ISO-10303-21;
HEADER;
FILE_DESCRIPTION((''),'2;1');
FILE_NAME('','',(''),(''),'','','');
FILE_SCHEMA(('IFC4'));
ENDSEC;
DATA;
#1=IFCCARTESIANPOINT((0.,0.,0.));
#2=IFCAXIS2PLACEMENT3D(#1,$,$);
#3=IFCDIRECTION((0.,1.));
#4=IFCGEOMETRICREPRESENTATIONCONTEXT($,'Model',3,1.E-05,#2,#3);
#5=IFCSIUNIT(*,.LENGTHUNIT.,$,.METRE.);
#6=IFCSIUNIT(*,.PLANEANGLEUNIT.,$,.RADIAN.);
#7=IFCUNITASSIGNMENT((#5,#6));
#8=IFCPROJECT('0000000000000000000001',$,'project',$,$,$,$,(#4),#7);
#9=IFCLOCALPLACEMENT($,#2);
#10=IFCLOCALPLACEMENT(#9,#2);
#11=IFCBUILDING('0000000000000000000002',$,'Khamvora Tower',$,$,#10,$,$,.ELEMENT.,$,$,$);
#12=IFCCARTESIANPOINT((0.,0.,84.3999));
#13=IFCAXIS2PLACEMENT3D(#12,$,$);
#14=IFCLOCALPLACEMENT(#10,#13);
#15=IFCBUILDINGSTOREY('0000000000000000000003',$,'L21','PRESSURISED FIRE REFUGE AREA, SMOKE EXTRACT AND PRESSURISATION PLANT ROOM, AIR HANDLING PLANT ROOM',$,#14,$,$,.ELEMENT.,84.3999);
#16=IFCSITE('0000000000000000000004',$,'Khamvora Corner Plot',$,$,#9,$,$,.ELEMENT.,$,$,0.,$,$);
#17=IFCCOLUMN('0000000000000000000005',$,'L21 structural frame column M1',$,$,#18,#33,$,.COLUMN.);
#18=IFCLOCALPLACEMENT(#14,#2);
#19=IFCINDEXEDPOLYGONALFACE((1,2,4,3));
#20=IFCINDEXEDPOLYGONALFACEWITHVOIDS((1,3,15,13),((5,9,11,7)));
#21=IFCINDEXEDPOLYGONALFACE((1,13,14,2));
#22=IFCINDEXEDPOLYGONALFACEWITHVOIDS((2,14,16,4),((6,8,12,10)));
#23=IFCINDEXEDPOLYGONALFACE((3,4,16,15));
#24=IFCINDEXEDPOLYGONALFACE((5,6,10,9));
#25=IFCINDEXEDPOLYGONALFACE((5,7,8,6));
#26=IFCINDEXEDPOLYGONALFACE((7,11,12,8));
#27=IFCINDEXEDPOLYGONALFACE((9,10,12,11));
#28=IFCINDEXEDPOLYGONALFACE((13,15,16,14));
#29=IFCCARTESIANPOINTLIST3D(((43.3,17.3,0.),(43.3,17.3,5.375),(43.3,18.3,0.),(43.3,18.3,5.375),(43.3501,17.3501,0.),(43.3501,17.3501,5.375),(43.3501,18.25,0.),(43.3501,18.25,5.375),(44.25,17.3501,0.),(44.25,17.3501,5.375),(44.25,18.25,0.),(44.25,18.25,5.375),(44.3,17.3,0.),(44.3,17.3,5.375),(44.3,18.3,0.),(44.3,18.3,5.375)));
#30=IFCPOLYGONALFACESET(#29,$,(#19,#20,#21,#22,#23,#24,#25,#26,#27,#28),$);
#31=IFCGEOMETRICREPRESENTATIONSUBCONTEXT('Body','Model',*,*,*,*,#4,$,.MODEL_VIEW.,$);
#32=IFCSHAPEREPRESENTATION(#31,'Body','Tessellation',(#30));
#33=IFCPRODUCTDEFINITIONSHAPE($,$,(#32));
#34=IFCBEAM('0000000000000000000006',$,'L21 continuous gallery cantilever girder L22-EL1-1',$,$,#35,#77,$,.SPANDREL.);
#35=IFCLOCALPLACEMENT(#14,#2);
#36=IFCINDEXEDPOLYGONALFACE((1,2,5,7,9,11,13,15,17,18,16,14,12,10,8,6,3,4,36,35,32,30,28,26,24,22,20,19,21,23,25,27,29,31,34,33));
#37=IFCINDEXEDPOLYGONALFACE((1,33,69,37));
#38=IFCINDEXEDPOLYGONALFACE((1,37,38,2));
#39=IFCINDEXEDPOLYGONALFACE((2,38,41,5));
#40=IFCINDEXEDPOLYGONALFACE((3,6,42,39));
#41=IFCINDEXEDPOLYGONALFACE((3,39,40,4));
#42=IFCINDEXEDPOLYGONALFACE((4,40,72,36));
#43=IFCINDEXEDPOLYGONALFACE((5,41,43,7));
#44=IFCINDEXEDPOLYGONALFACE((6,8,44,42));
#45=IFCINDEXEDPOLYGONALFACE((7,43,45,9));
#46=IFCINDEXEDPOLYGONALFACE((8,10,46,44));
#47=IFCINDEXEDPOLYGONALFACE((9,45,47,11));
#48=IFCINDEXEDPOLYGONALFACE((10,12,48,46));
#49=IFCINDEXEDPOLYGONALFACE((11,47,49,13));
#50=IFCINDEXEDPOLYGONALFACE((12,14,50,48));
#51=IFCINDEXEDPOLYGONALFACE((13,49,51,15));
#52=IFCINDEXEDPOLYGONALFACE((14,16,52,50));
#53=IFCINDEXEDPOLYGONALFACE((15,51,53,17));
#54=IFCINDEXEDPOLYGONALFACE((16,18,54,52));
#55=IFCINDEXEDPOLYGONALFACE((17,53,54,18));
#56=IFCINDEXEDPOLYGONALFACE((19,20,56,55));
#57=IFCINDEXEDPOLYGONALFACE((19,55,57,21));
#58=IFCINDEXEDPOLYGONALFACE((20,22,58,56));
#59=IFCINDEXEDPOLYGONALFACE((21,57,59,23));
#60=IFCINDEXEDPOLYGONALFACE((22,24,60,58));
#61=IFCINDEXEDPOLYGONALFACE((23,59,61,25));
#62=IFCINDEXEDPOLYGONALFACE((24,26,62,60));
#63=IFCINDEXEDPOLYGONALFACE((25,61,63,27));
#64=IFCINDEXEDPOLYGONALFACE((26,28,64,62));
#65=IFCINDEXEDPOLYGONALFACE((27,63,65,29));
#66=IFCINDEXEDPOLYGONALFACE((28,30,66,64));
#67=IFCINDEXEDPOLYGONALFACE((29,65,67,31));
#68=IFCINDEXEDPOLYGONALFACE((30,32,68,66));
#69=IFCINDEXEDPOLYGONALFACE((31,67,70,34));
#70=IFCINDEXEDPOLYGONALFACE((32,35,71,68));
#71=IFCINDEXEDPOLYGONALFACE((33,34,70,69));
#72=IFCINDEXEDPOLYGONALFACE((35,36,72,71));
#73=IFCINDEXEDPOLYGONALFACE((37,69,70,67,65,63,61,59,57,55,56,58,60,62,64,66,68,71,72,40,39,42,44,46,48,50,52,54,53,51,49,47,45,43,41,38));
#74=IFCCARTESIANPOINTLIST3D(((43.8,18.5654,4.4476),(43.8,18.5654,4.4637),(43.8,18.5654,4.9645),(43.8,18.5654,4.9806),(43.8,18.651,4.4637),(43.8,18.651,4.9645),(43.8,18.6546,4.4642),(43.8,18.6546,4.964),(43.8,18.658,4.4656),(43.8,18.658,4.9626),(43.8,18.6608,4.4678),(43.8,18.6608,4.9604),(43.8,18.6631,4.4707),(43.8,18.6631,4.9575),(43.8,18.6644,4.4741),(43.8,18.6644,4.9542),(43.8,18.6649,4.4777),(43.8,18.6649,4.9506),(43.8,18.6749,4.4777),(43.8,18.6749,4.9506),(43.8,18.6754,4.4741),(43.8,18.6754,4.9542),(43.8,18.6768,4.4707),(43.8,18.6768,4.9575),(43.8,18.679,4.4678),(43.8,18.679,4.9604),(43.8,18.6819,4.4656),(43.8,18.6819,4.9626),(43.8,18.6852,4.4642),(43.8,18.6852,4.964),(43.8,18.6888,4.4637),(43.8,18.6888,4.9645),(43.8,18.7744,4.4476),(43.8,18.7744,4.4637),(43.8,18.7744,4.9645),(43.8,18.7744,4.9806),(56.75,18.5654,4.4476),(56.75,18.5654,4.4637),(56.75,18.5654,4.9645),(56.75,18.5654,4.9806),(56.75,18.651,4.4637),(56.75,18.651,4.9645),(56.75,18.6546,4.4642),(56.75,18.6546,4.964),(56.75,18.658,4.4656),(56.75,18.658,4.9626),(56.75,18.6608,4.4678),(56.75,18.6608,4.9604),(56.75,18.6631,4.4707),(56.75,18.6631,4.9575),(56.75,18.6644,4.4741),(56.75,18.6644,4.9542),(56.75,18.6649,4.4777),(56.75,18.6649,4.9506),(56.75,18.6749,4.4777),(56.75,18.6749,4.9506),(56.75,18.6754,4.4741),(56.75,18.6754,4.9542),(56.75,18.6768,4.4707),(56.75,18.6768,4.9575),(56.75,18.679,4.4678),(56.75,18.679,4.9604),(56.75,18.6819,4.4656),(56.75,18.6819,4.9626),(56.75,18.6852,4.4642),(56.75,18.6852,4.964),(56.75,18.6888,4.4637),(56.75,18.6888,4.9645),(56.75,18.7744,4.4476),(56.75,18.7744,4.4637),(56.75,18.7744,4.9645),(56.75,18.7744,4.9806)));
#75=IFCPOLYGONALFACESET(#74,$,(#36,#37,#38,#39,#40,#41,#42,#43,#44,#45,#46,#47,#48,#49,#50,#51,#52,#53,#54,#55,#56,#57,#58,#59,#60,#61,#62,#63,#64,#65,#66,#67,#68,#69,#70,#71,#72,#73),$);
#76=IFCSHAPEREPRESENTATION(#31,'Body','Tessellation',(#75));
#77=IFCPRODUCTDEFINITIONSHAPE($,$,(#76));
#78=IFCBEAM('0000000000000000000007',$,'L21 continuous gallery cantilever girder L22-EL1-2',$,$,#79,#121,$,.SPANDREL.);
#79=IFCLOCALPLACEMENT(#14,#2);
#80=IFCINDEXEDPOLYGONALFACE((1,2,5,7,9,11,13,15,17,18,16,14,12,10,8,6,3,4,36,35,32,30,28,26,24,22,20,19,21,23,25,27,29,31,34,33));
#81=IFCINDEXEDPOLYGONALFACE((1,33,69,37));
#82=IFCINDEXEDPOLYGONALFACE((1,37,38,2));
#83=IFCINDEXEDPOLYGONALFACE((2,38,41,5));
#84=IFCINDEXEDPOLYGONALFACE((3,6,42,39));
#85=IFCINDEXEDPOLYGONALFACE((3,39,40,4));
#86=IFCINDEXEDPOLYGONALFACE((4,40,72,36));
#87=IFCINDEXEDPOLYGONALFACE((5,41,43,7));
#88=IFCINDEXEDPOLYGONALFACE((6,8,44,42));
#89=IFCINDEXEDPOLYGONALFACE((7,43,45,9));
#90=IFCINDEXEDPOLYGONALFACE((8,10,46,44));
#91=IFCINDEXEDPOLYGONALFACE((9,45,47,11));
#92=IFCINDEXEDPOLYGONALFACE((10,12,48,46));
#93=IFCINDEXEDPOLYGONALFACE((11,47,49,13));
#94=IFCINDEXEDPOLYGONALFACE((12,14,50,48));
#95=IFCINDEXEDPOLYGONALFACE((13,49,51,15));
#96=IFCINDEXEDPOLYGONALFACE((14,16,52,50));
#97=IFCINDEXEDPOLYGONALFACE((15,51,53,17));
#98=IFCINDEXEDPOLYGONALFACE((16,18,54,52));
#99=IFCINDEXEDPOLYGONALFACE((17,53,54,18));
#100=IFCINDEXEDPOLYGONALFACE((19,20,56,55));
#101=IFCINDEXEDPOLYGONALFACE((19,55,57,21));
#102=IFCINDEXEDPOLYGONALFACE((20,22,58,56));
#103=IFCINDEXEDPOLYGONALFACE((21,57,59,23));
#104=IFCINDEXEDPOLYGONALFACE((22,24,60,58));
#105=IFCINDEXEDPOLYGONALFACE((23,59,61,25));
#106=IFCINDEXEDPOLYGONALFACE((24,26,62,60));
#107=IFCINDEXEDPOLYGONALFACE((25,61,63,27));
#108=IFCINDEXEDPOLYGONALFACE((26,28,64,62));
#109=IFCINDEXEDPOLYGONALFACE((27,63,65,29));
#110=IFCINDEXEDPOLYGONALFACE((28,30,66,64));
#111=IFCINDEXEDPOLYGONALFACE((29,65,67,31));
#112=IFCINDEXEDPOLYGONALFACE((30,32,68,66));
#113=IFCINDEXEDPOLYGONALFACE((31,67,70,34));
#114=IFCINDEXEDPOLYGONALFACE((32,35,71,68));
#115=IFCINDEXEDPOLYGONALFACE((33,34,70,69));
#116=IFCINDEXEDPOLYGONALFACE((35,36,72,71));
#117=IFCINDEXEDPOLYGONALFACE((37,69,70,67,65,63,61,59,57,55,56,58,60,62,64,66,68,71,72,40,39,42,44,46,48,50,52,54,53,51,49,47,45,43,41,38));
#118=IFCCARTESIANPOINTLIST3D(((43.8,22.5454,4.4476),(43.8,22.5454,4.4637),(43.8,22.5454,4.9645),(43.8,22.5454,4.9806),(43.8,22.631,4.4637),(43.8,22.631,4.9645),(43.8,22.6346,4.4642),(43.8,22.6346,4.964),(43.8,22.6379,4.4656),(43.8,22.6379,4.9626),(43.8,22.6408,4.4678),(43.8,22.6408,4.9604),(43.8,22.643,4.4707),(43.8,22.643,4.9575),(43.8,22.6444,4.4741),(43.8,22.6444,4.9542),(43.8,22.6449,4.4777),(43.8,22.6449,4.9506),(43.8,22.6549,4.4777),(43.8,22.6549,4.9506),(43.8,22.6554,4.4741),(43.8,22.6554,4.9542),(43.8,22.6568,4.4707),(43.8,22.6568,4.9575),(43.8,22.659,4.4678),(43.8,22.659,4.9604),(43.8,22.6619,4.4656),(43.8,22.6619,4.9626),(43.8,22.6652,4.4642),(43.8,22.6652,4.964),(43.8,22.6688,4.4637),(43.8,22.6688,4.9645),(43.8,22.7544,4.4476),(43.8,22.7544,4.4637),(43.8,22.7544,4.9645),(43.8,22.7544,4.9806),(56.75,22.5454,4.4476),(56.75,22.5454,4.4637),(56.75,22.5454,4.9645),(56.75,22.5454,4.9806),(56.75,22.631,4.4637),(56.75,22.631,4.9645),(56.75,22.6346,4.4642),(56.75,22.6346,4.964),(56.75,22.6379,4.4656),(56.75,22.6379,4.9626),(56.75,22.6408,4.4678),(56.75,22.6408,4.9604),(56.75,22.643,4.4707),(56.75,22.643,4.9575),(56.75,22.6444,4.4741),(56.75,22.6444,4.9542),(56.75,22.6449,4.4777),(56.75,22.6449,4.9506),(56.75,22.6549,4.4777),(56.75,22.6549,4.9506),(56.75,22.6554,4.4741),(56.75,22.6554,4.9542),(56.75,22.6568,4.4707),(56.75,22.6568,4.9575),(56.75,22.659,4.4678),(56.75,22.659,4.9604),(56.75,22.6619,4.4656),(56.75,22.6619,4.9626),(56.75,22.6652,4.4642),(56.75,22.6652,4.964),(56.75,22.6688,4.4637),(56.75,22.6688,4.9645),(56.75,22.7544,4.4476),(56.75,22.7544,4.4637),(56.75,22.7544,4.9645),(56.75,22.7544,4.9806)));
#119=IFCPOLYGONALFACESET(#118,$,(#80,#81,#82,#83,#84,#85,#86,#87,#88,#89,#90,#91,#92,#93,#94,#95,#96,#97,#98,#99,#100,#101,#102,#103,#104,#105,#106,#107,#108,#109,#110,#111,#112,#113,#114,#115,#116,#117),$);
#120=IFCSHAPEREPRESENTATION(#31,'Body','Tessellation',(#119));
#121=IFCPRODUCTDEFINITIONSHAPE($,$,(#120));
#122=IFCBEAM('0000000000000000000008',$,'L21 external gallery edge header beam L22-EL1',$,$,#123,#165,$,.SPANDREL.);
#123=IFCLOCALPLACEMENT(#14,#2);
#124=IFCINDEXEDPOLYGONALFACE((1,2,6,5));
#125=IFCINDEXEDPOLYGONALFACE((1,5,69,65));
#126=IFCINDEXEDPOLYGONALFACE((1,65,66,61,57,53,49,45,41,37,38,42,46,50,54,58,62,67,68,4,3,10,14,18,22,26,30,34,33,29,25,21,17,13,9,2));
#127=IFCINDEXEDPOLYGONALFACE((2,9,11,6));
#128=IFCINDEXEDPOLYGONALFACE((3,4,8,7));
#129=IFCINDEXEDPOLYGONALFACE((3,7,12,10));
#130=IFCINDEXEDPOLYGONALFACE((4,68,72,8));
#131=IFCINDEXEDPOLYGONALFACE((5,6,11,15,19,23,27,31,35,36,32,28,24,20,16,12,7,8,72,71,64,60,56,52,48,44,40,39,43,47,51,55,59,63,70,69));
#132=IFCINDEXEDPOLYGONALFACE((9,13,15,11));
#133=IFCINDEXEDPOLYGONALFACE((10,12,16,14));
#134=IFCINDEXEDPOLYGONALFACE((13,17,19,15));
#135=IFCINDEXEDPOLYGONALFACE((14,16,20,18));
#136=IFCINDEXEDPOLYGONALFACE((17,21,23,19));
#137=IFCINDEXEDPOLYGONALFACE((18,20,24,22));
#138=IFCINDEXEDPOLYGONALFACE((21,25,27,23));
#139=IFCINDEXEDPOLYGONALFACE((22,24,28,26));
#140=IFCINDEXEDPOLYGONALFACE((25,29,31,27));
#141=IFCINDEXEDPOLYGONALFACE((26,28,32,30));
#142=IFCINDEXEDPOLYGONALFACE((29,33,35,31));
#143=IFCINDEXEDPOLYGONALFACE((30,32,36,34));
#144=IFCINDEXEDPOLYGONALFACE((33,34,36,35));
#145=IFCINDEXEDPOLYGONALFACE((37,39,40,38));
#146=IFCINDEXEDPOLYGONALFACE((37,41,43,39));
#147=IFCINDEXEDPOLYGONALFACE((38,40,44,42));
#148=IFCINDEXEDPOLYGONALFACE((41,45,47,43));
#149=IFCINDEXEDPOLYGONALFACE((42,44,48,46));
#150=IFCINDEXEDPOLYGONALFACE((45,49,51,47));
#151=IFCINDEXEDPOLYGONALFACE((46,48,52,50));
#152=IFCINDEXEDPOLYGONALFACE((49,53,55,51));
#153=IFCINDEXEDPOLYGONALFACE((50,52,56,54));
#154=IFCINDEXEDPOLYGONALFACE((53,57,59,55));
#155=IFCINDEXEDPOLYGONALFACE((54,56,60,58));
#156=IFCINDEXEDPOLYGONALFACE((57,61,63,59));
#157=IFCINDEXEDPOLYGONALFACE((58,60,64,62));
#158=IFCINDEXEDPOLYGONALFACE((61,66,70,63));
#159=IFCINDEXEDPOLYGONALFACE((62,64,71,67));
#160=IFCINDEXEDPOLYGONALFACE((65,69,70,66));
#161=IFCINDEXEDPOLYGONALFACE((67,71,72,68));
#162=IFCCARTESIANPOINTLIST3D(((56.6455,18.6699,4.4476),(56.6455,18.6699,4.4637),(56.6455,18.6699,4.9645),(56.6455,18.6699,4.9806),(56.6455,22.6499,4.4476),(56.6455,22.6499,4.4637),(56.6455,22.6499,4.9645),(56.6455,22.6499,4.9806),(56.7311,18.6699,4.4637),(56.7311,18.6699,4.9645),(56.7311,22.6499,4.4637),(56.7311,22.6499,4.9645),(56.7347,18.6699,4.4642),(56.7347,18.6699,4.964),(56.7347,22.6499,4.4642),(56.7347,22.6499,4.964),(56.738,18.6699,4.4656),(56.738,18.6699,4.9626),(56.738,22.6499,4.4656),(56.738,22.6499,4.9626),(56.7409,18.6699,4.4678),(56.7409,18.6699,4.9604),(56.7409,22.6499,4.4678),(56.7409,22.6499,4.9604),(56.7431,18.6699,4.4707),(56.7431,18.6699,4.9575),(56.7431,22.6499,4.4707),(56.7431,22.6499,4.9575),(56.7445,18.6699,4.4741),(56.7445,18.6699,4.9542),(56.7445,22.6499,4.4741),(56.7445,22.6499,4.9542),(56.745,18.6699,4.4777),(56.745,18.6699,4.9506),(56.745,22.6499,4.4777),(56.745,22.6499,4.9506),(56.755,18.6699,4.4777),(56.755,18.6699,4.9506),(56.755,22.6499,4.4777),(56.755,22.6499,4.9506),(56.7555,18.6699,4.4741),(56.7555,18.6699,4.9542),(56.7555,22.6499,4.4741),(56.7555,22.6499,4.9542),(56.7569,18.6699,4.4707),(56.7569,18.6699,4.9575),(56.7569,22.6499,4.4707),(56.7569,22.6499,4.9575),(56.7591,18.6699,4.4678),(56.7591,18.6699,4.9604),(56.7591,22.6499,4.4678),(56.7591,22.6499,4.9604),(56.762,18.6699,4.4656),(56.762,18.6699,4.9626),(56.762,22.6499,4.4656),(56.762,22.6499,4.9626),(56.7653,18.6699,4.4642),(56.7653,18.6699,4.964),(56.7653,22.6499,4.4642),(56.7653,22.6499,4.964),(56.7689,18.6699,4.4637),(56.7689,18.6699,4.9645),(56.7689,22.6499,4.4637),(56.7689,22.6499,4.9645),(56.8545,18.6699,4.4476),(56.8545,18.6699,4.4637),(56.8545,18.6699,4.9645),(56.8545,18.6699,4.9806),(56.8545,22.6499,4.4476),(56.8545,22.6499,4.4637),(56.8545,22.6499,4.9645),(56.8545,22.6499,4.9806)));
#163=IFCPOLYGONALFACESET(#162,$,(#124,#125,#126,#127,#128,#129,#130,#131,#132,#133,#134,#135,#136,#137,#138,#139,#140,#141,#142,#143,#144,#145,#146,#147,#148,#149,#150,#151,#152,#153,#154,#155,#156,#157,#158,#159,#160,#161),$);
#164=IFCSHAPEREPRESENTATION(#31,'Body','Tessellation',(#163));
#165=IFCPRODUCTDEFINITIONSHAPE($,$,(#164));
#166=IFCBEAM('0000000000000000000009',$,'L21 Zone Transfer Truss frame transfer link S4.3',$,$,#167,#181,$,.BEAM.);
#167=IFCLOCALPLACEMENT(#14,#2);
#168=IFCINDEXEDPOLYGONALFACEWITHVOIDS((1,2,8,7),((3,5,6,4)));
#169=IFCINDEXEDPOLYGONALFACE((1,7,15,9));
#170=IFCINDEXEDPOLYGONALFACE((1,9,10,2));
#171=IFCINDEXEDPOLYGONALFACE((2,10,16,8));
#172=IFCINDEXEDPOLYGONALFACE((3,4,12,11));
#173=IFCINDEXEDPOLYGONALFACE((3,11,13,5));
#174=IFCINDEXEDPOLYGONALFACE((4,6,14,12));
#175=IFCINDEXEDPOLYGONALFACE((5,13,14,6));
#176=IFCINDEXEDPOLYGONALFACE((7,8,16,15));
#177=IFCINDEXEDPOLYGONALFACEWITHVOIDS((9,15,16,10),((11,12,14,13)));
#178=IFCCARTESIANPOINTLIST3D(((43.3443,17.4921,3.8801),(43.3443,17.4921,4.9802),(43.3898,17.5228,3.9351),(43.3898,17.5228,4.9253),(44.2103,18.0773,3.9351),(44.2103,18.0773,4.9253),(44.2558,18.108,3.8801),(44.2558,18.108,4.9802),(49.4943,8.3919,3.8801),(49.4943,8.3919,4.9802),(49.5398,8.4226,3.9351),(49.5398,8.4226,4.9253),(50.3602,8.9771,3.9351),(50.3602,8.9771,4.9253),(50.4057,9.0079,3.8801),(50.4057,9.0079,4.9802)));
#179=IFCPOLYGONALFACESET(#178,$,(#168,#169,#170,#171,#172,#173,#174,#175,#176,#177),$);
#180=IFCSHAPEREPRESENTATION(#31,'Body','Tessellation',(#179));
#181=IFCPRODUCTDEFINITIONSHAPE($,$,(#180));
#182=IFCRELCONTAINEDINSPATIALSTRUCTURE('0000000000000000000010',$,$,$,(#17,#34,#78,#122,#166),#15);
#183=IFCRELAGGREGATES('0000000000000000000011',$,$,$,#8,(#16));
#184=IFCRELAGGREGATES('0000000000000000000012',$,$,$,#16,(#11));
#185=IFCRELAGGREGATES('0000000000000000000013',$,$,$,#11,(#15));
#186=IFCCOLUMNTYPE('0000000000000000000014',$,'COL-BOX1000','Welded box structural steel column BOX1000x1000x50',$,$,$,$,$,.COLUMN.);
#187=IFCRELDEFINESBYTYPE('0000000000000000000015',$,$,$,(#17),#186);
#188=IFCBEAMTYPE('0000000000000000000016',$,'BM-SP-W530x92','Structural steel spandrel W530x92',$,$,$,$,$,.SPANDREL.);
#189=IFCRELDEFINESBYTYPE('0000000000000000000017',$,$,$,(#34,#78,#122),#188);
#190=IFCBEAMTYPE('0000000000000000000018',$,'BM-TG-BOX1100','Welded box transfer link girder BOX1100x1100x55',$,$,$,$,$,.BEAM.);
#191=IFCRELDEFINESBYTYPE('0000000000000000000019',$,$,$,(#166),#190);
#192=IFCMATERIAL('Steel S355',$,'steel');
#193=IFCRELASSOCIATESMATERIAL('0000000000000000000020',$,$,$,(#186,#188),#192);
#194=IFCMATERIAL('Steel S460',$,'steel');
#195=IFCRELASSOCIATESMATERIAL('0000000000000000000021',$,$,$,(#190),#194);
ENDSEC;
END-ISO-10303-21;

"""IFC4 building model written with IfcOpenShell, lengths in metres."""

from ifc_helpers import new_model, si_unit, direction, frame, origin, origin_2d, place, context, subcontext, project, spatial, hollow_rectangle, i_section, extrude, material, material_profile, profile_set, type_object, element, save


model = new_model("IFC4")

# Units and contexts
model_context = context("Model", 3, precision=1e-05, world=origin(), true_north=direction((0.0, 1.0)))
body_context = subcontext(model_context, "Body", "Model", "MODEL_VIEW")
ifc_project = project(units=[si_unit("LENGTHUNIT", "METRE"), si_unit("PLANEANGLEUNIT", "RADIAN")], contexts=[model_context])

# Site, building, storey
site_placement = place(None, origin())
site = spatial("IfcSite", under=ifc_project, at=site_placement, Name="Khamvora Corner Plot", CompositionType="ELEMENT", RefElevation=0.0)
building_placement = place(site_placement, origin())
building = spatial("IfcBuilding", under=site, at=building_placement, Name="Khamvora Tower", CompositionType="ELEMENT")
storey_placement = place(building_placement, frame((0.0, 0.0, 84.3999)))
storey = spatial("IfcBuildingStorey", under=building, at=storey_placement, Name="L21", Description="PRESSURISED FIRE REFUGE AREA, SMOKE EXTRACT AND PRESSURISATION PLANT ROOM, AIR HANDLING PLANT ROOM", CompositionType="ELEMENT", Elevation=84.3999)

# Column
ifc_material_1 = material(Name="Steel S355", Category="steel")
ifc_material_profile_1 = material_profile(ifc_material_1, hollow_rectangle(XDim=1.0, YDim=1.0, WallThickness=0.05, at=origin_2d()), Name="BOX1000x1000x50")
ifc_profile_set_1 = profile_set([ifc_material_profile_1], Name="Steel S355")
column_type = type_object("IfcColumnType", Name="COL-BOX1000", Description="Welded box structural steel column BOX1000x1000x50", PredefinedType="COLUMN", material=ifc_profile_set_1)
column_placement = place(storey_placement, frame((43.8, 17.8, 0.0), z_axis=(0.0, 0.0, 1.0), x_axis=(1.0, 0.0, 0.0)))
element("IfcColumn", 1, at=column_placement, inside=storey, type_object=column_type, Name="L21 structural frame column M1", PredefinedType="COLUMN", context=body_context, shape_type="SweptSolid", body=[
    extrude(hollow_rectangle(XDim=1.0, YDim=1.0, WallThickness=0.05, at=origin_2d()), origin(), (0.0, 0.0, 1.0), 5.375),
])

# Beams
ifc_material_profile_2 = material_profile(ifc_material_1, i_section(OverallWidth=0.209, OverallDepth=0.533, WebThickness=0.01, FlangeThickness=0.0161, FilletRadius=0.0139, at=origin_2d()), Name="W530x92")
ifc_profile_set_2 = profile_set([ifc_material_profile_2], Name="Steel S355")
beam_type_1 = type_object("IfcBeamType", Name="BM-SP-W530x92", Description="Structural steel spandrel W530x92", PredefinedType="SPANDREL", material=ifc_profile_set_2)
for number, where, z_axis, x_axis, name in (
    (2, (43.8, 18.6699, 4.7141), (1.0, 0.0, 0.0), (0.0, 1.0, 0.0), "L21 continuous gallery cantilever girder L22-EL1-1"),
    (3, (43.8, 22.6499, 4.7141), (1.0, 0.0, 0.0), (0.0, 1.0, 0.0), "L21 continuous gallery cantilever girder L22-EL1-2"),
):
    element("IfcBeam", number, at=place(storey_placement, frame(where, z_axis=z_axis, x_axis=x_axis)), inside=storey, type_object=beam_type_1, Name=name, PredefinedType="SPANDREL", context=body_context, shape_type="SweptSolid", body=[
        extrude(i_section(OverallWidth=0.209, OverallDepth=0.533, WebThickness=0.01, FlangeThickness=0.0161, FilletRadius=0.0139, at=origin_2d()), origin(), (0.0, 0.0, 1.0), 12.95),
    ])
beam_1_placement = place(storey_placement, frame((56.75, 18.6699, 4.7141), z_axis=(0.0, 1.0, 0.0), x_axis=(-1.0, 0.0, 0.0)))
element("IfcBeam", 4, at=beam_1_placement, inside=storey, type_object=beam_type_1, Name="L21 external gallery edge header beam L22-EL1", PredefinedType="SPANDREL", context=body_context, shape_type="SweptSolid", body=[
    extrude(i_section(OverallWidth=0.209, OverallDepth=0.533, WebThickness=0.01, FlangeThickness=0.0161, FilletRadius=0.0139, at=origin_2d()), origin(), (0.0, 0.0, 1.0), 3.98),
])
ifc_material_2 = material(Name="Steel S460", Category="steel")
ifc_material_profile_3 = material_profile(ifc_material_2, hollow_rectangle(XDim=1.1001, YDim=1.1001, WallThickness=0.0549, at=origin_2d()), Name="BOX1100x1100x55")
ifc_profile_set_3 = profile_set([ifc_material_profile_3], Name="Steel S460")
beam_type_2 = type_object("IfcBeamType", Name="BM-TG-BOX1100", Description="Welded box transfer link girder BOX1100x1100x55", PredefinedType="BEAM", material=ifc_profile_set_3)
beam_2_placement = place(storey_placement, frame((43.8, 17.8, 4.4302), z_axis=(0.559932, -0.828539, 0.0), x_axis=(0.828539, 0.559932, 0.0)))
element("IfcBeam", 5, at=beam_2_placement, inside=storey, type_object=beam_type_2, Name="L21 Zone Transfer Truss frame transfer link S4.3", PredefinedType="BEAM", context=body_context, shape_type="SweptSolid", body=[
    extrude(hollow_rectangle(XDim=1.1001, YDim=1.1001, WallThickness=0.0549, at=origin_2d()), origin(), (0.0, 0.0, 1.0), 10.9834),
])

save(model, "model.ifc")
